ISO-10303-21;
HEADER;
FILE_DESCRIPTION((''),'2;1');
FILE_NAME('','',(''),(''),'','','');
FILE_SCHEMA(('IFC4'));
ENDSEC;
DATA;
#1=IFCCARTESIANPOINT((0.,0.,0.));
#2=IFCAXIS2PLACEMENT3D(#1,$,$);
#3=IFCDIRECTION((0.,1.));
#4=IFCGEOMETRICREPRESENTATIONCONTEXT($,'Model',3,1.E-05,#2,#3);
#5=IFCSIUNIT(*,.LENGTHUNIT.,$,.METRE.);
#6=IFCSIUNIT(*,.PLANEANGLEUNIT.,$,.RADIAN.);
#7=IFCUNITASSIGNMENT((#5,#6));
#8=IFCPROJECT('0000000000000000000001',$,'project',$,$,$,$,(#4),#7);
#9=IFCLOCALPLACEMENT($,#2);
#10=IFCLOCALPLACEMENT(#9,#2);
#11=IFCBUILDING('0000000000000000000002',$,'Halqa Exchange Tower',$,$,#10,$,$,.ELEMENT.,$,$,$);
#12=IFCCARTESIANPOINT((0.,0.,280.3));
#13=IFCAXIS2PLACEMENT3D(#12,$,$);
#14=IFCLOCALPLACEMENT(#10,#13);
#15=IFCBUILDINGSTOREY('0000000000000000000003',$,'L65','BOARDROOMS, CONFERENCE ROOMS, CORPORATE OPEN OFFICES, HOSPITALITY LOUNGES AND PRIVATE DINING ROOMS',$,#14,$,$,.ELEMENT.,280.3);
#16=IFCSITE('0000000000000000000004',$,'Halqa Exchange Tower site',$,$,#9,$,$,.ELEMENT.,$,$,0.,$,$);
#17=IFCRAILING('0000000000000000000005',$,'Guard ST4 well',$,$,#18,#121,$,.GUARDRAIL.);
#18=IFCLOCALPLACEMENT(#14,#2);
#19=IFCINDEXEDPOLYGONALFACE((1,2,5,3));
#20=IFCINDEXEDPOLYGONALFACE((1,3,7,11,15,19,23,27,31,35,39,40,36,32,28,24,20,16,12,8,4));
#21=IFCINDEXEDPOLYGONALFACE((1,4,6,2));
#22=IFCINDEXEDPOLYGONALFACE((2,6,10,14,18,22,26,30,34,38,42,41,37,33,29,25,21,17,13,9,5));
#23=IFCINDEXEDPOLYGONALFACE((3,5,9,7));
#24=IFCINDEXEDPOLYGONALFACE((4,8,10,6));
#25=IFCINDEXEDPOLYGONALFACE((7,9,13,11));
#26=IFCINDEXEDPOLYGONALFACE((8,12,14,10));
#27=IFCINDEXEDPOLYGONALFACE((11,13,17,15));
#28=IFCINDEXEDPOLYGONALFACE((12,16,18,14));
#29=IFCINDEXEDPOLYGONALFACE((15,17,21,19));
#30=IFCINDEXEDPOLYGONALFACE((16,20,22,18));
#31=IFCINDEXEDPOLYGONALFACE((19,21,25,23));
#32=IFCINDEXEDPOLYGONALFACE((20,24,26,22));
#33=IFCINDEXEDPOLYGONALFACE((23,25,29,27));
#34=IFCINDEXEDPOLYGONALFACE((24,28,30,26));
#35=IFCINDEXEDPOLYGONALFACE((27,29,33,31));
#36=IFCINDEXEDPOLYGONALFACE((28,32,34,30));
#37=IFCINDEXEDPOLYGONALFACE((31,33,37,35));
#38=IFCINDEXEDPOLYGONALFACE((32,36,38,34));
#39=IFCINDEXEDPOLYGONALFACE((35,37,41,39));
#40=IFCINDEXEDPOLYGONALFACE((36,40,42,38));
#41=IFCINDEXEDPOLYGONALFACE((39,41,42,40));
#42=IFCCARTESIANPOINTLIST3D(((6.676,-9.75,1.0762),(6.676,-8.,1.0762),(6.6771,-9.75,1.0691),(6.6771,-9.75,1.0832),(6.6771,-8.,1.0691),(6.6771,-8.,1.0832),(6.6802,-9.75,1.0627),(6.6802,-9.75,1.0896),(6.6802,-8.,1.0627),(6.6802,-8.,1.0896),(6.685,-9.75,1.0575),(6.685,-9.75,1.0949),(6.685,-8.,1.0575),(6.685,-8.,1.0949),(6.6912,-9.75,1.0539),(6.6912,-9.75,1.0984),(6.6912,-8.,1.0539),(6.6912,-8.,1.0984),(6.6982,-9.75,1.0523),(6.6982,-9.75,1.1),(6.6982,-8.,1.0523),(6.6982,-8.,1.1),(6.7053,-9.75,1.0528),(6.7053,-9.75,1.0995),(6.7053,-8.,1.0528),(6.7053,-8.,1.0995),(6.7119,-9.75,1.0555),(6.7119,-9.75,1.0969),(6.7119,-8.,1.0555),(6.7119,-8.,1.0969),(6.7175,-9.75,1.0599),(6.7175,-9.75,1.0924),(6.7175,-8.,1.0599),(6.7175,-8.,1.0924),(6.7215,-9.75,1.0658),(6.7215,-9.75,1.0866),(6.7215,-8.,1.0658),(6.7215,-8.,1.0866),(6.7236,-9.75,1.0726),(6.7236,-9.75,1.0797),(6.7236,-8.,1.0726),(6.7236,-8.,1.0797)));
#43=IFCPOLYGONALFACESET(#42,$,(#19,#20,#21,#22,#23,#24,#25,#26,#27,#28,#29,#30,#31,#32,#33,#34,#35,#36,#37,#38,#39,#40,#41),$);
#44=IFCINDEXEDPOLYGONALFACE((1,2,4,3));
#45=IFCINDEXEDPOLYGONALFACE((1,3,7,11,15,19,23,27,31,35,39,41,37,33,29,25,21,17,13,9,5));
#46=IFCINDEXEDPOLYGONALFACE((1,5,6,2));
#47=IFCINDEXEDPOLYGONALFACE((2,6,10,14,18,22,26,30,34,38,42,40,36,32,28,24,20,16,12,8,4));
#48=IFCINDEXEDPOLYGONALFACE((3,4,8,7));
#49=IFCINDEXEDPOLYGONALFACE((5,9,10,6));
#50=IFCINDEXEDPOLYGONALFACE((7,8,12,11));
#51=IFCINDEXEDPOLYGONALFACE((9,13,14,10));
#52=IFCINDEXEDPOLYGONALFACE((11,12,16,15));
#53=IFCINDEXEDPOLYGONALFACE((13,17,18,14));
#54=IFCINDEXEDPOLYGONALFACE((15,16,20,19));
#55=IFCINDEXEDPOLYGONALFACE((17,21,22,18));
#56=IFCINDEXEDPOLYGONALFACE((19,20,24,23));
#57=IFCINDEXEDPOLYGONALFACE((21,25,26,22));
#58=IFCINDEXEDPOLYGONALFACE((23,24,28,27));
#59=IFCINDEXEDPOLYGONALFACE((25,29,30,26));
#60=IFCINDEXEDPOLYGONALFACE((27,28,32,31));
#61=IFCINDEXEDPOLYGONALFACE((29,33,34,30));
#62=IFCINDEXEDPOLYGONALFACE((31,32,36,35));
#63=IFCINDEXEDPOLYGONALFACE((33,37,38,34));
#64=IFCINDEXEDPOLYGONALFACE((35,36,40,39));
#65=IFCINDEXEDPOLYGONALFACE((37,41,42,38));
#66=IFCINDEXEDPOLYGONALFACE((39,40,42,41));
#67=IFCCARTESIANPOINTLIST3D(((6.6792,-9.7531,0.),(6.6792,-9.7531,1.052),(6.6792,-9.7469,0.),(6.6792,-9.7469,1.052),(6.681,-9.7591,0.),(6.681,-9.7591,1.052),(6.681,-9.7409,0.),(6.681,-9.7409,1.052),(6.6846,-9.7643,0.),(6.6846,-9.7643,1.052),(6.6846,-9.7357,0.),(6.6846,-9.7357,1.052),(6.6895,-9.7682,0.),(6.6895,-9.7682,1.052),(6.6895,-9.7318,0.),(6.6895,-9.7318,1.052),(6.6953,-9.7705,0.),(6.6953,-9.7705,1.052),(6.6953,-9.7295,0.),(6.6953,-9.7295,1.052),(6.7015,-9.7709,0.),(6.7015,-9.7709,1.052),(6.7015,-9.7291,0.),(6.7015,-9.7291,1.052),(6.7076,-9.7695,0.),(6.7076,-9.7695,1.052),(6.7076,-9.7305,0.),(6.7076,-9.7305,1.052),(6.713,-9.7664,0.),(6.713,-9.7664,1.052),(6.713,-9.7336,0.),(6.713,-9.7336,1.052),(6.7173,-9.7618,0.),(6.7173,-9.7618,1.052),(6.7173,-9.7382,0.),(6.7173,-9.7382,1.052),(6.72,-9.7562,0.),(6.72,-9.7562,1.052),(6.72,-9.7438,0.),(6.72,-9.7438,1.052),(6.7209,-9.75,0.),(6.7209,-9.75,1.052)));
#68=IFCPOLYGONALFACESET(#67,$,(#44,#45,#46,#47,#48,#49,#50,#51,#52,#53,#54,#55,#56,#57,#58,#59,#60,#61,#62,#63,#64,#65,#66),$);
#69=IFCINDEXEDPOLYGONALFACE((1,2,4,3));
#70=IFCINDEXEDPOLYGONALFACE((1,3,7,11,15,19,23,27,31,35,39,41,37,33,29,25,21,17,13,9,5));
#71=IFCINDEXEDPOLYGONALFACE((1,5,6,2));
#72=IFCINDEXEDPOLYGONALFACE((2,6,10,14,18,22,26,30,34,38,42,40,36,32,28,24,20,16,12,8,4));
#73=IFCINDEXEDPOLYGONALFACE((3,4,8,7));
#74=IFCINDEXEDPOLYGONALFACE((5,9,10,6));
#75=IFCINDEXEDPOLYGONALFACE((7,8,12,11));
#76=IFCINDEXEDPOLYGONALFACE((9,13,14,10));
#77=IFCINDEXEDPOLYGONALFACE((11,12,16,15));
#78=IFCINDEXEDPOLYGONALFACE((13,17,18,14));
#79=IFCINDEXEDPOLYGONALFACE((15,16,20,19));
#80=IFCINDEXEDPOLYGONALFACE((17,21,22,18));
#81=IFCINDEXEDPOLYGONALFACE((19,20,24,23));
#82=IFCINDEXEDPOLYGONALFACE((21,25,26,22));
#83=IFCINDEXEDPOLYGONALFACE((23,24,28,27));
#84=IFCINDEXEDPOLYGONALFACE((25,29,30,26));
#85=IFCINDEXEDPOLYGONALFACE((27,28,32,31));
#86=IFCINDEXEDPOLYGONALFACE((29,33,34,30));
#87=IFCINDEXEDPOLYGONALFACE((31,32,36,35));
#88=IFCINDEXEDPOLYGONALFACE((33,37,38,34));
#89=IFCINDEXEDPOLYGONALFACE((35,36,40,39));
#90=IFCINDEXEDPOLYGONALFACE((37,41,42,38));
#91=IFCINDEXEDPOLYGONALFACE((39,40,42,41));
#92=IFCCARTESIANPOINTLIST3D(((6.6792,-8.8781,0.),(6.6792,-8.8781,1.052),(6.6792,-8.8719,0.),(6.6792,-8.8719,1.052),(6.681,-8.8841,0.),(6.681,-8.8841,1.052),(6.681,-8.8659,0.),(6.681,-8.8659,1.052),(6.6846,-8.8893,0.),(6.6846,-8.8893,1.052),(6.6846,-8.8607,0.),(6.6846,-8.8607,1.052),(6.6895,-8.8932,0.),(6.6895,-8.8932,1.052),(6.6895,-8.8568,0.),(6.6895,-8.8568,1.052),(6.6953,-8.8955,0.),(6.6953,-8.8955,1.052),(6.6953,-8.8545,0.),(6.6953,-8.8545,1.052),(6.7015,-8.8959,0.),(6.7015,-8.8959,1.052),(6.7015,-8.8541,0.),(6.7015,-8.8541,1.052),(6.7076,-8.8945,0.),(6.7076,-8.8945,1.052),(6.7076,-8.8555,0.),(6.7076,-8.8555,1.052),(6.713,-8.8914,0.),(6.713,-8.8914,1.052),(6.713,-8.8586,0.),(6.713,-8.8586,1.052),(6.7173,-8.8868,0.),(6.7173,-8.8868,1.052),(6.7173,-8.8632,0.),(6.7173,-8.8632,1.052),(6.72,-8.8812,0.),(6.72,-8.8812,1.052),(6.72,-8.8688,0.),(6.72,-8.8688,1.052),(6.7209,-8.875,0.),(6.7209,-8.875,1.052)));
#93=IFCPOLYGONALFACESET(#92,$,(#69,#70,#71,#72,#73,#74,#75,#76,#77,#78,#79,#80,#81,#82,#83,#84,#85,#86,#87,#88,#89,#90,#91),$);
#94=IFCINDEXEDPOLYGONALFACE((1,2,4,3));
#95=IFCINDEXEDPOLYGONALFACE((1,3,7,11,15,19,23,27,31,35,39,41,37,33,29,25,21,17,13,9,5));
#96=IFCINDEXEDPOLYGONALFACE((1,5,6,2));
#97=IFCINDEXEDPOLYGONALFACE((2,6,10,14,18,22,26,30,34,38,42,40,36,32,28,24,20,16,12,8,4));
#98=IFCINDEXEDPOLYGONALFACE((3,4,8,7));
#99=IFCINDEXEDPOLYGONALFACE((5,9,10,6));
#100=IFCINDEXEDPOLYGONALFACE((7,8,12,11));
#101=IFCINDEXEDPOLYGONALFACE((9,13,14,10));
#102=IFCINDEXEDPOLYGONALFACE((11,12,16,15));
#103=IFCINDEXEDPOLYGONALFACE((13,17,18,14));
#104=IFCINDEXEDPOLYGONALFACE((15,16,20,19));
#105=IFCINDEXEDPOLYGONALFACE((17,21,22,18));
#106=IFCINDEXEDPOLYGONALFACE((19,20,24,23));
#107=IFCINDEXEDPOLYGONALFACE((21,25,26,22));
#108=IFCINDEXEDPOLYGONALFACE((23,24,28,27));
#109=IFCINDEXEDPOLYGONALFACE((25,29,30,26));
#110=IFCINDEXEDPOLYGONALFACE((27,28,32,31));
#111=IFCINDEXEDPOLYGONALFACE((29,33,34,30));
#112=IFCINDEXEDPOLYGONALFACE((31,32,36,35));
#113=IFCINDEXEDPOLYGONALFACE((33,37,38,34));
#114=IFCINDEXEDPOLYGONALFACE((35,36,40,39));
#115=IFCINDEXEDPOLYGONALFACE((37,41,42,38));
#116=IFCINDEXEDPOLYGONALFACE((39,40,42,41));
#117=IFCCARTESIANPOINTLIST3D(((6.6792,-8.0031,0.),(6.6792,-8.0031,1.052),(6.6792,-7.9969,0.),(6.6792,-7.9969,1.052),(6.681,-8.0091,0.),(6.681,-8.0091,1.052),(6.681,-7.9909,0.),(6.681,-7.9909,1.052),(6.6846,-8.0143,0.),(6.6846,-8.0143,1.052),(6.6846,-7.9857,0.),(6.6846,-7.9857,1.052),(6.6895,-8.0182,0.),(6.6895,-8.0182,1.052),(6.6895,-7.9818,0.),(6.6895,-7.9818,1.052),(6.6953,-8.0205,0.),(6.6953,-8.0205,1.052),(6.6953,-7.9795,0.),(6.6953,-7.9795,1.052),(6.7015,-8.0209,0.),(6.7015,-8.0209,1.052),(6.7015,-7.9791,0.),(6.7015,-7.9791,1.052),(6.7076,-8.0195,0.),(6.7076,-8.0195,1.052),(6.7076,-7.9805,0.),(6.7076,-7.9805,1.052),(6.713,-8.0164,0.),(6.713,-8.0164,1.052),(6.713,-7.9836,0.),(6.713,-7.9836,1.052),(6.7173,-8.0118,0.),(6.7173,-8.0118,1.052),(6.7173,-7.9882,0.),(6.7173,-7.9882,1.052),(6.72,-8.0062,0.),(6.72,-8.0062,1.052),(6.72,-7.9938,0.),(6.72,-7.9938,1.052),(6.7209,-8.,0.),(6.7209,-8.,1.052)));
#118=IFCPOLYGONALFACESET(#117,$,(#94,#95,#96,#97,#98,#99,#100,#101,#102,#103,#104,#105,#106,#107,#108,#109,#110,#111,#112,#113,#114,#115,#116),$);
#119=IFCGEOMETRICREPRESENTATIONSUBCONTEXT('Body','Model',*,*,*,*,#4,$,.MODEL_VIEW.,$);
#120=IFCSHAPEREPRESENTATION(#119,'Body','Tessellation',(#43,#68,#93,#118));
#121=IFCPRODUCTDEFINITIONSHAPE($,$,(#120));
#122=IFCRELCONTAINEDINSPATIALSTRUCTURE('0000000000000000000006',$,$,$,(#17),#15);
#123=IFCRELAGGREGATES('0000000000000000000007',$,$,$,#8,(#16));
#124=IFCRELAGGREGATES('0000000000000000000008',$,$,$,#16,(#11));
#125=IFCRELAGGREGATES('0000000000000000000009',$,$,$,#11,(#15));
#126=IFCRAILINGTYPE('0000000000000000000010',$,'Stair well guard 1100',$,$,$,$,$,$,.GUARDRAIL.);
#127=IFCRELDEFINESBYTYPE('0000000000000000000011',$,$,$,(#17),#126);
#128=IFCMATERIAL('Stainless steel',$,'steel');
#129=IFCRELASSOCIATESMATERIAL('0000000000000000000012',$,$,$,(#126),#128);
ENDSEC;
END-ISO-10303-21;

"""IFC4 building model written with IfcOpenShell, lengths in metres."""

from ifc_helpers import new_model, si_unit, direction, frame, origin, origin_2d, place, context, subcontext, project, spatial, circle, extrude, material, type_object, element, save


model = new_model("IFC4")

# Units and contexts
model_context = context("Model", 3, precision=1e-05, world=origin(), true_north=direction((0.0, 1.0)))
body_context = subcontext(model_context, "Body", "Model", "MODEL_VIEW")
ifc_project = project(units=[si_unit("LENGTHUNIT", "METRE"), si_unit("PLANEANGLEUNIT", "RADIAN")], contexts=[model_context])

# Site, building, storey
site_placement = place(None, origin())
site = spatial("IfcSite", under=ifc_project, at=site_placement, Name="Halqa Exchange Tower site", CompositionType="ELEMENT", RefElevation=0.0)
building_placement = place(site_placement, origin())
building = spatial("IfcBuilding", under=site, at=building_placement, Name="Halqa Exchange Tower", CompositionType="ELEMENT")
storey_placement = place(building_placement, frame((0.0, 0.0, 280.3)))
storey = spatial("IfcBuildingStorey", under=building, at=storey_placement, Name="L65", Description="BOARDROOMS, CONFERENCE ROOMS, CORPORATE OPEN OFFICES, HOSPITALITY LOUNGES AND PRIVATE DINING ROOMS", CompositionType="ELEMENT", Elevation=280.3)

# Railing
ifc_material_1 = material(Name="Stainless steel", Category="steel")
railing_type_1 = type_object("IfcRailingType", Name="Stair well guard 1100", PredefinedType="GUARDRAIL", material=ifc_material_1)
railing_1_placement = place(storey_placement, frame((6.7, -9.75, 0.0)))
element("IfcRailing", 1, at=railing_1_placement, inside=storey, type_object=railing_type_1, Name="Guard ST4 well", PredefinedType="GUARDRAIL", context=body_context, shape_type="SweptSolid", body=[
    extrude(circle(Radius=0.0239, at=origin_2d()), frame((0.0, 0.0, 1.0762), z_axis=(0.0, 1.0, 0.0), x_axis=(-1.0, 0.0, 0.0)), (0.0, 0.0, 1.0), 1.75),
    extrude(circle(Radius=0.021, at=origin_2d()), origin(), (0.0, 0.0, 1.0), 1.052),
    extrude(circle(Radius=0.021, at=origin_2d()), frame((0.0, 0.875, 0.0)), (0.0, 0.0, 1.0), 1.052),
    extrude(circle(Radius=0.021, at=origin_2d()), frame((0.0, 1.75, 0.0)), (0.0, 0.0, 1.0), 1.052),
])

save(model, "model.ifc")
